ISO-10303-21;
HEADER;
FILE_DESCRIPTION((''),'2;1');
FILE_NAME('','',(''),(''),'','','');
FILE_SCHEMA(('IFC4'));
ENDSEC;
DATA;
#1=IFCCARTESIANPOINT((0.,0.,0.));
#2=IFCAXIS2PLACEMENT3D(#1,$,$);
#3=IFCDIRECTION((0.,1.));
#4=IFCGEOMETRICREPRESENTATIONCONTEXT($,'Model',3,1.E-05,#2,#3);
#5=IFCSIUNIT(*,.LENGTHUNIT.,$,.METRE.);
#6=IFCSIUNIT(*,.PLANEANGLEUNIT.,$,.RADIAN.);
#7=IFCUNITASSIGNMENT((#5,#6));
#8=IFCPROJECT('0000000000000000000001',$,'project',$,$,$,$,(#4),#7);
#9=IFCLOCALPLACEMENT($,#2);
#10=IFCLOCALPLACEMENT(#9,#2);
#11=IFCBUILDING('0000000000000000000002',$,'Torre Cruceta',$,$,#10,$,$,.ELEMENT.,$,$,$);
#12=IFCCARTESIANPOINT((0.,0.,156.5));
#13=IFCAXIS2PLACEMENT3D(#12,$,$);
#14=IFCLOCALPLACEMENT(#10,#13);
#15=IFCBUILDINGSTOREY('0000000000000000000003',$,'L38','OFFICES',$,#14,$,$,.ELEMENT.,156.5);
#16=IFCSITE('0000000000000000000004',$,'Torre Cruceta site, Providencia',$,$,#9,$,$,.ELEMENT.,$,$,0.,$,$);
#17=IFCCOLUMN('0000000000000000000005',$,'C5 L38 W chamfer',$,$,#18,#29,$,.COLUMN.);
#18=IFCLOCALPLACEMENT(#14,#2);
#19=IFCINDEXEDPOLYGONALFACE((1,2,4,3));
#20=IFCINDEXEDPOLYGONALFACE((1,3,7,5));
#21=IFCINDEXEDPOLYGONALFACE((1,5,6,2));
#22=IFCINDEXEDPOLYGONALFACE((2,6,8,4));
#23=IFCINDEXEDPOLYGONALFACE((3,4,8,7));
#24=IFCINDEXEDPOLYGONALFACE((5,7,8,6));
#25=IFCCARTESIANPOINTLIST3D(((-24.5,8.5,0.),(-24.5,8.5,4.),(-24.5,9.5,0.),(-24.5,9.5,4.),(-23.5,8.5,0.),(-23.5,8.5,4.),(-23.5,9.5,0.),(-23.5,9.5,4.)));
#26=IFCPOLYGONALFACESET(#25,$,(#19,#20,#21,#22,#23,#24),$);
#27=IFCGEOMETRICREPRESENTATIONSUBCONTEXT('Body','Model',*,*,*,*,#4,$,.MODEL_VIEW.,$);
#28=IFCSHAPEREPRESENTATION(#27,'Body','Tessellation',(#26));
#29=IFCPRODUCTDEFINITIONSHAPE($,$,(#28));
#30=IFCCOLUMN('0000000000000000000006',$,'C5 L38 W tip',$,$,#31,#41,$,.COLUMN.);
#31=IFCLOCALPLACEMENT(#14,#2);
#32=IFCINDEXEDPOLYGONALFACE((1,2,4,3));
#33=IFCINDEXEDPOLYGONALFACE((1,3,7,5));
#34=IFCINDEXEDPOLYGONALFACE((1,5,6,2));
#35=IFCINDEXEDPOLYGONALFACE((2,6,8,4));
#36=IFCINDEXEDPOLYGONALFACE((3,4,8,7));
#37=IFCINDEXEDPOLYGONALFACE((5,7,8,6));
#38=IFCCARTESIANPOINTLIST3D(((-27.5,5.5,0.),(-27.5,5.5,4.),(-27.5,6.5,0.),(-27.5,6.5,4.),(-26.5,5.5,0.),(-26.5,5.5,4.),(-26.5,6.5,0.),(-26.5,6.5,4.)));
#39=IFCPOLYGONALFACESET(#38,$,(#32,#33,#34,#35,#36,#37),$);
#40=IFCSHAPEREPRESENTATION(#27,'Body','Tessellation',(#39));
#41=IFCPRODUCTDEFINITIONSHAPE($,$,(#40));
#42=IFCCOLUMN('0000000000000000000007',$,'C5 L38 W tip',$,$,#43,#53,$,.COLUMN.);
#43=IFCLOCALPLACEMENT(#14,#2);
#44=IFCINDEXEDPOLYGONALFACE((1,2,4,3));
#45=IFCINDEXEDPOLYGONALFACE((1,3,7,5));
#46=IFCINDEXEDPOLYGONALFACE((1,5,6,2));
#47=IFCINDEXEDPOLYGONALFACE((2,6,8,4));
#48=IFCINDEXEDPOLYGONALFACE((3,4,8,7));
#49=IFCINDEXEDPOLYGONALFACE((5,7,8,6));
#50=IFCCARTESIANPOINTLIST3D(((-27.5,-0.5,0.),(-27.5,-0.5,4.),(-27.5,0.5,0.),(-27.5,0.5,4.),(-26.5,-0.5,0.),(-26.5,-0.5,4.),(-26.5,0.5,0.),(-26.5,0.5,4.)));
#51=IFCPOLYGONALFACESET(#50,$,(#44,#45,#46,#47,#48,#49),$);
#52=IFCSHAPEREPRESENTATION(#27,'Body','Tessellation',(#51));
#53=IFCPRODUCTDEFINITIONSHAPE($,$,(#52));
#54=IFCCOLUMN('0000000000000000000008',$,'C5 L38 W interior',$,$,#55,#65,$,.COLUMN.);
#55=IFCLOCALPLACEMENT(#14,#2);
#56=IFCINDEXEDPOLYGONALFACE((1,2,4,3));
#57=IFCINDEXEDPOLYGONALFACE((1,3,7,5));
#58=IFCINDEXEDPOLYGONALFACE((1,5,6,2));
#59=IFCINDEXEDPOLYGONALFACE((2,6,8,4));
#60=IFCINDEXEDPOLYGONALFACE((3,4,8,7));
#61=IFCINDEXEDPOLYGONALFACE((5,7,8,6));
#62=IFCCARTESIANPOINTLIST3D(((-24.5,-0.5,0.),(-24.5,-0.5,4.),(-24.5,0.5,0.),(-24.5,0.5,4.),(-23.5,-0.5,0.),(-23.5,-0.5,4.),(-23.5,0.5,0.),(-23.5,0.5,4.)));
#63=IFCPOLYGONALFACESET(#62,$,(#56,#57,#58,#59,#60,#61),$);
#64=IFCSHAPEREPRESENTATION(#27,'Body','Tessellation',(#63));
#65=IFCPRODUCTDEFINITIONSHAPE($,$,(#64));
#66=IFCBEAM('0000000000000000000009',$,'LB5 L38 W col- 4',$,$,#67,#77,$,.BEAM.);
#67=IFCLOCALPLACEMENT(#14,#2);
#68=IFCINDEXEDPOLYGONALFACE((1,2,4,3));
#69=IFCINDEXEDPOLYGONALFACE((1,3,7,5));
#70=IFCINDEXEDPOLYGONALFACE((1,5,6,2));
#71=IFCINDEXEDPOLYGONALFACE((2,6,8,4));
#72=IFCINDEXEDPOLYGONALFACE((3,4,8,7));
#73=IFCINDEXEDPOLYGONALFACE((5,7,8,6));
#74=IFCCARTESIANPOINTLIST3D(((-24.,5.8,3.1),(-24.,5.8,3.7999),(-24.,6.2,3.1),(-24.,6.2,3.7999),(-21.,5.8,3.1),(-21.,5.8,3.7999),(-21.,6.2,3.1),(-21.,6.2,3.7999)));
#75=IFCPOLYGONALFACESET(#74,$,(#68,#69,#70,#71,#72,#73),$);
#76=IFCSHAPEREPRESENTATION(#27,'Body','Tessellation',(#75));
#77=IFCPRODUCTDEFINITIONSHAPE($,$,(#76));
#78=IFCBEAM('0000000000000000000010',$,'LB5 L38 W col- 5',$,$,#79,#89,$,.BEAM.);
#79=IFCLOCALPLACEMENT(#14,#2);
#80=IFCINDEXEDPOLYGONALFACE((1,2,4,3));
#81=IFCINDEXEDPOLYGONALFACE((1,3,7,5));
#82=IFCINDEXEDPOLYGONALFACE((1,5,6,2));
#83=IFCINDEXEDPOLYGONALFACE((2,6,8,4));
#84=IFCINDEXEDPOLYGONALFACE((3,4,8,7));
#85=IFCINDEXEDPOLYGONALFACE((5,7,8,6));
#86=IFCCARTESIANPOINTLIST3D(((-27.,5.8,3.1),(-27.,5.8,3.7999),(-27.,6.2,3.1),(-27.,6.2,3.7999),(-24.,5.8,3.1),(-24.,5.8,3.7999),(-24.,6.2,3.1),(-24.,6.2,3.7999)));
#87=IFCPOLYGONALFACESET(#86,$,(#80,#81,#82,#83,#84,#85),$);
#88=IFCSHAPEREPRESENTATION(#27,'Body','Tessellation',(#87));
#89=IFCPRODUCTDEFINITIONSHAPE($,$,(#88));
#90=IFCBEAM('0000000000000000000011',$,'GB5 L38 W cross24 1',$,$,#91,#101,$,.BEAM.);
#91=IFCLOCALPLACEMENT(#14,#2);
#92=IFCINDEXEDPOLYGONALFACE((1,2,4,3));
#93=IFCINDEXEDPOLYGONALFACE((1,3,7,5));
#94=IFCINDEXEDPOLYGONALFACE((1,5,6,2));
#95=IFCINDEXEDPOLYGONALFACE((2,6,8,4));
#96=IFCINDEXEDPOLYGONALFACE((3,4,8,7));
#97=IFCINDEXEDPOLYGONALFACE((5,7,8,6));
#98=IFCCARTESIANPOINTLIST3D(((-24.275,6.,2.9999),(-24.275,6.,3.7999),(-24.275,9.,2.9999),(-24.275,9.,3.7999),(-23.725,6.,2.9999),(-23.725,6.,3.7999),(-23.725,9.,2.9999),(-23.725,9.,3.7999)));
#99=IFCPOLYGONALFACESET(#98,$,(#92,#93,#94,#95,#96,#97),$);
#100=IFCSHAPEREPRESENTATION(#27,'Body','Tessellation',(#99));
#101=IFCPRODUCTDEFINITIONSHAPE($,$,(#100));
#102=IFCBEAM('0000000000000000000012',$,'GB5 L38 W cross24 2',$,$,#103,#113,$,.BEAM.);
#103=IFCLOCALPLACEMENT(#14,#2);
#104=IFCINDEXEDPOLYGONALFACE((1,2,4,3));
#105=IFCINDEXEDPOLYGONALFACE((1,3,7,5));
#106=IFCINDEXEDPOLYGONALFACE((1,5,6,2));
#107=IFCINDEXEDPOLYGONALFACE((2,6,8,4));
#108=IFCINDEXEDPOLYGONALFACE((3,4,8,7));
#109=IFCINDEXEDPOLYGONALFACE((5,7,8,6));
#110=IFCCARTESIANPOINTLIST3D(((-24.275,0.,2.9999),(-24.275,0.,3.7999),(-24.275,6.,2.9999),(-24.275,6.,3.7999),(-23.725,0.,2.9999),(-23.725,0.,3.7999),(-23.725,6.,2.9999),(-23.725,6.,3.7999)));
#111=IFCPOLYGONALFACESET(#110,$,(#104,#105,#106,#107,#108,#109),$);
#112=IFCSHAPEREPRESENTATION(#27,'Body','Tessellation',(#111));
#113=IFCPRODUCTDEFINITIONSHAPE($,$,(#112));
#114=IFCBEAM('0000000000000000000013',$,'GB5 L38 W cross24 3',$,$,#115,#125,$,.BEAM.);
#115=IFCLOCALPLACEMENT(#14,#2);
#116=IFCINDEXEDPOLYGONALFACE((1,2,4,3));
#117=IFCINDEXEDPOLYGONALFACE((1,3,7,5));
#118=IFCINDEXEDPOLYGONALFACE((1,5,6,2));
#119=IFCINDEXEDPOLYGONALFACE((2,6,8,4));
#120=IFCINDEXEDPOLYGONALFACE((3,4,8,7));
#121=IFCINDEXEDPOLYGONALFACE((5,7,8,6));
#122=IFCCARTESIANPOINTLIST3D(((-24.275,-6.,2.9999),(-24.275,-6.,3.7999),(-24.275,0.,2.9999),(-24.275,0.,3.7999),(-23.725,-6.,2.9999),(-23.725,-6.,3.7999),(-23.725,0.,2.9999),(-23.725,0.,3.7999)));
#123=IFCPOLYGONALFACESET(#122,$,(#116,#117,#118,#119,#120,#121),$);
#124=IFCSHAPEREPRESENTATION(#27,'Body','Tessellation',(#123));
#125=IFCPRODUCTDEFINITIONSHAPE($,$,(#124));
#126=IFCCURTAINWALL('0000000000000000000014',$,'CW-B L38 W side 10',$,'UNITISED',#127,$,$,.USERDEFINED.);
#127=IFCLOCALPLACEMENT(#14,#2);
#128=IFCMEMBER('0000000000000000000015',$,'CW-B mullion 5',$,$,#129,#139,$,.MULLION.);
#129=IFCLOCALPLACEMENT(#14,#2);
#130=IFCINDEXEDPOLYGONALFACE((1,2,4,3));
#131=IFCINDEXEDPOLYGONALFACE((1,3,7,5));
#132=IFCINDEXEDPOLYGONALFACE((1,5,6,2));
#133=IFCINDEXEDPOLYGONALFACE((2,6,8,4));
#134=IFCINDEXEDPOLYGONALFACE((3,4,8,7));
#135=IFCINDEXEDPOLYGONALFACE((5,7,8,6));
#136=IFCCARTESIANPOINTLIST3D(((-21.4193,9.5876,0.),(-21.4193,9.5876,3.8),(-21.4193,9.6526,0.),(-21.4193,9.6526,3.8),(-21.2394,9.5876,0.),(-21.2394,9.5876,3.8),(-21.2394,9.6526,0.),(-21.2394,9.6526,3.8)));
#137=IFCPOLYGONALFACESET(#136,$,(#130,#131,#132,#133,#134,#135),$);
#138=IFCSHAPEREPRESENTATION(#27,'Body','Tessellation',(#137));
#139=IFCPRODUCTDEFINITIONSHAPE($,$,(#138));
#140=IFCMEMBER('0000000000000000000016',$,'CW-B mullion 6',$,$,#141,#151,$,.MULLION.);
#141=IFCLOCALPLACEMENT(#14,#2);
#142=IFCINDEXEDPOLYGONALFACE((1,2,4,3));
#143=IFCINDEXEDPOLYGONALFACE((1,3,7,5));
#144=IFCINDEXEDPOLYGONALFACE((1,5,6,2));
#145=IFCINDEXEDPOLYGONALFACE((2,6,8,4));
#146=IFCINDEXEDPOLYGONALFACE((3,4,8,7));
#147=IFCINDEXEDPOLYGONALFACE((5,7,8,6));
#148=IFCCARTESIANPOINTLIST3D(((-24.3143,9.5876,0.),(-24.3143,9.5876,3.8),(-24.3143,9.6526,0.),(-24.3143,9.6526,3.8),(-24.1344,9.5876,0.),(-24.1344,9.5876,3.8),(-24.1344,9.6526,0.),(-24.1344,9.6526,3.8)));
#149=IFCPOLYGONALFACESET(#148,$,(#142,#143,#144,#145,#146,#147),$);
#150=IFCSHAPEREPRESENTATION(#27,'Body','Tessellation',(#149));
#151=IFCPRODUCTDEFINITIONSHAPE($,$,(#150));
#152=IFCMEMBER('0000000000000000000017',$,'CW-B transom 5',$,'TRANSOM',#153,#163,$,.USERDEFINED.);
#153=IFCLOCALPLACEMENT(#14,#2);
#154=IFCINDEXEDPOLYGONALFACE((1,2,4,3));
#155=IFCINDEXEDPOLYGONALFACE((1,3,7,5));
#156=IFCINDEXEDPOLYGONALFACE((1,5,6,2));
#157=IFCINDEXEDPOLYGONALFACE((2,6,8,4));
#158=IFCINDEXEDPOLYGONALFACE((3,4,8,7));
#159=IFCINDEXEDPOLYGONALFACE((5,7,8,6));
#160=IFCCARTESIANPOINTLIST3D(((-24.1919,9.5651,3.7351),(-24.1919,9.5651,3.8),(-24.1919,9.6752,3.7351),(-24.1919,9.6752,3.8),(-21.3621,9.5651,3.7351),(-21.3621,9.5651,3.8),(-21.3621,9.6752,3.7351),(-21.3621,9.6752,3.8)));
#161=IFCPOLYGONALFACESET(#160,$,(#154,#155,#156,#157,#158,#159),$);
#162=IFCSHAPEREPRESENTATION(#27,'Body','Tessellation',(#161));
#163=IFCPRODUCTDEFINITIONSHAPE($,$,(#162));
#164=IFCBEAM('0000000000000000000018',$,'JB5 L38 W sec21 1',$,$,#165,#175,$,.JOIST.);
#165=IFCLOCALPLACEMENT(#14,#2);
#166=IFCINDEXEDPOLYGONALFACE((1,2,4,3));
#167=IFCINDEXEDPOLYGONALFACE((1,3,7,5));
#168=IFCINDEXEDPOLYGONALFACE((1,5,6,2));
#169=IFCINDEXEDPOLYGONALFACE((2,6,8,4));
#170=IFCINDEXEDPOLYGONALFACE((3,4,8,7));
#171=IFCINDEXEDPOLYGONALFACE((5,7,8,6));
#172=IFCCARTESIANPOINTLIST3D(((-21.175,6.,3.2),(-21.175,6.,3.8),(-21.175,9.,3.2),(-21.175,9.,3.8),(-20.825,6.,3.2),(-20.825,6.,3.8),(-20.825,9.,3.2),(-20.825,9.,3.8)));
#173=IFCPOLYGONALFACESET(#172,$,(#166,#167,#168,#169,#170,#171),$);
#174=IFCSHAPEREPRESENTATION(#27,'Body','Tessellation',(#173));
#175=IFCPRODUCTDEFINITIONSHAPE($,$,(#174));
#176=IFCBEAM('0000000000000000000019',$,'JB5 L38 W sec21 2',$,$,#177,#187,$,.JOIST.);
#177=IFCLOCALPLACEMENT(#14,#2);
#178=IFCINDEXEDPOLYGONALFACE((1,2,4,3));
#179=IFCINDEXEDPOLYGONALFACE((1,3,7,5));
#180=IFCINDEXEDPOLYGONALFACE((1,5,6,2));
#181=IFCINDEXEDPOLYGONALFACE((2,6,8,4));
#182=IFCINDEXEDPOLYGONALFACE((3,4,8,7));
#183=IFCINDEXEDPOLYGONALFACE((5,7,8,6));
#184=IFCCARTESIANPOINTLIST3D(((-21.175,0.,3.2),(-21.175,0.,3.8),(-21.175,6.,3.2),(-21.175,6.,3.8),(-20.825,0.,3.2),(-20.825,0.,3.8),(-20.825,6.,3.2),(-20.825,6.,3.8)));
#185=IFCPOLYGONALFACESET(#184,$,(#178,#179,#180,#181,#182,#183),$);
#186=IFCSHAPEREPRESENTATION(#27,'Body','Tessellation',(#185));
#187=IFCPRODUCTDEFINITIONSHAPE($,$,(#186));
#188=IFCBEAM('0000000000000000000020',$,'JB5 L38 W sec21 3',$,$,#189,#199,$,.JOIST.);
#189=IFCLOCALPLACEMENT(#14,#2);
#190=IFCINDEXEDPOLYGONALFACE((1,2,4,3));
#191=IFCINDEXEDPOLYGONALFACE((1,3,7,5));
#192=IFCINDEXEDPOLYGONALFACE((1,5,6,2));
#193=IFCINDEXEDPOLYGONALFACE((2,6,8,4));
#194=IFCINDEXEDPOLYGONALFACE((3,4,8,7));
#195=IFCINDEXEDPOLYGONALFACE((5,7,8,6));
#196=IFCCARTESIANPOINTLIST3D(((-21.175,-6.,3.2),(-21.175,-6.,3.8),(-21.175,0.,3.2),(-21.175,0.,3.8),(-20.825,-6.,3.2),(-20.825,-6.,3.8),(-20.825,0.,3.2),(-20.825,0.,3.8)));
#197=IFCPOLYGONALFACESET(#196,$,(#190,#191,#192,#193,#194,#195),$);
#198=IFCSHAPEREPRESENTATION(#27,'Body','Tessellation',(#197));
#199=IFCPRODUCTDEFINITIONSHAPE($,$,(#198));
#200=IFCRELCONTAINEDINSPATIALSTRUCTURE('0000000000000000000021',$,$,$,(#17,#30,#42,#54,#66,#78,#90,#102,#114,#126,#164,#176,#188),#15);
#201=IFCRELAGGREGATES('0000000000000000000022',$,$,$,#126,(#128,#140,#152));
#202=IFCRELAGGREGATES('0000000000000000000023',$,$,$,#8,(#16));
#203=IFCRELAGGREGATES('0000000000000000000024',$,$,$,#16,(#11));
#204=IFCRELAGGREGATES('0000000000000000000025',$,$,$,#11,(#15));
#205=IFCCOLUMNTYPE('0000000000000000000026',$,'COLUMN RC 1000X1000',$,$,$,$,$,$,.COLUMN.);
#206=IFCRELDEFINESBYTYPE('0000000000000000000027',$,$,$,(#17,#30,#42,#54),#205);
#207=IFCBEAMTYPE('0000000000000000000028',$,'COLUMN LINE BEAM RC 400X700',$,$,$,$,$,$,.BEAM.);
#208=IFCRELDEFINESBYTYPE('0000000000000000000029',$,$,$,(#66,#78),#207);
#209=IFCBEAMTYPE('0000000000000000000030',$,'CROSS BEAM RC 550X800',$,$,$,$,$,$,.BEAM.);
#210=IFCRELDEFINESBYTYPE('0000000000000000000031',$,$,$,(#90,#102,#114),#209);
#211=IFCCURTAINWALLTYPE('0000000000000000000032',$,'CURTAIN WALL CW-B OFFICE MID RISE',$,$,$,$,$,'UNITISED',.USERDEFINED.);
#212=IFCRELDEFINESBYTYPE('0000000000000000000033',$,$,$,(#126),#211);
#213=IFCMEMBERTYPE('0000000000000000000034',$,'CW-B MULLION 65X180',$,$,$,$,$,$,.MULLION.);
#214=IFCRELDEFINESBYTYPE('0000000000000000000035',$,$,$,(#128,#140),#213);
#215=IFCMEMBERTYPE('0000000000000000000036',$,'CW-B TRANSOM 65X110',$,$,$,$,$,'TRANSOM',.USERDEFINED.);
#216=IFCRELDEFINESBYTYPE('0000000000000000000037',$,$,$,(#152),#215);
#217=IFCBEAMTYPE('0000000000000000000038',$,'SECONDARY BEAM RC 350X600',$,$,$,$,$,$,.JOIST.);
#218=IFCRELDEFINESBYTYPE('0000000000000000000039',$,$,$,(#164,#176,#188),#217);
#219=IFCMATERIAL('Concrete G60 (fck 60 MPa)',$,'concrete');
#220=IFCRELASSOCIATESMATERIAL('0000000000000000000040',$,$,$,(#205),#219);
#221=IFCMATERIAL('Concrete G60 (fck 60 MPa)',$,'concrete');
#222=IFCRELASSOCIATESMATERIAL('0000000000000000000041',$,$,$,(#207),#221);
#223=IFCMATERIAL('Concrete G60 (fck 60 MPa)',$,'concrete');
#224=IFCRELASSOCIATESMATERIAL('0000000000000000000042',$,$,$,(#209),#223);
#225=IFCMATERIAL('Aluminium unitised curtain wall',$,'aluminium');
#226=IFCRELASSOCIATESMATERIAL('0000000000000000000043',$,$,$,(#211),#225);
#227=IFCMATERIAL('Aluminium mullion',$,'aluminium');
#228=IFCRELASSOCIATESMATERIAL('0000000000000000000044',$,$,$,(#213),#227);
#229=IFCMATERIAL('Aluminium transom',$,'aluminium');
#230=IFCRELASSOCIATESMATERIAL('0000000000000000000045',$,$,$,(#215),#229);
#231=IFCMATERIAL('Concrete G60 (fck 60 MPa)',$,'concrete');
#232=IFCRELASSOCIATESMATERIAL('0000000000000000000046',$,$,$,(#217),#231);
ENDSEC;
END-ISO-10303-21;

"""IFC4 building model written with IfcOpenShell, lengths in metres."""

from ifc_helpers import new_model, si_unit, direction, frame, origin, origin_2d, place, context, subcontext, project, spatial, rectangle, extrude, material, material_profile, profile_set, type_object, element, aggregate, save


model = new_model("IFC4")

# Units and contexts
model_context = context("Model", 3, precision=1e-05, world=origin(), true_north=direction((0.0, 1.0)))
body_context = subcontext(model_context, "Body", "Model", "MODEL_VIEW")
ifc_project = project(units=[si_unit("LENGTHUNIT", "METRE"), si_unit("PLANEANGLEUNIT", "RADIAN")], contexts=[model_context])

# Site, building, storey
site_placement = place(None, origin())
site = spatial("IfcSite", under=ifc_project, at=site_placement, Name="Torre Cruceta site, Providencia", CompositionType="ELEMENT", RefElevation=0.0)
building_placement = place(site_placement, origin())
building = spatial("IfcBuilding", under=site, at=building_placement, Name="Torre Cruceta", CompositionType="ELEMENT")
storey_placement = place(building_placement, frame((0.0, 0.0, 156.5)))
storey = spatial("IfcBuildingStorey", under=building, at=storey_placement, Name="L38", Description="OFFICES", CompositionType="ELEMENT", Elevation=156.5)

# Columns
ifc_material_1 = material(Name="Concrete G60 (fck 60 MPa)", Category="concrete")
ifc_material_profile_1 = material_profile(ifc_material_1, rectangle(XDim=1.0, YDim=1.0, at=origin_2d()), Name="RC 1000X1000")
ifc_profile_set_1 = profile_set([ifc_material_profile_1], Name="Concrete G60 (fck 60 MPa)")
column_type = type_object("IfcColumnType", Name="COLUMN RC 1000X1000", PredefinedType="COLUMN", material=ifc_profile_set_1)
for number, where, z_axis, x_axis, name in (
    (1, (-24.0, 9.0, 0.0), (0.0, 0.0, 1.0), (1.0, 0.0, 0.0), "C5 L38 W chamfer"),
    (2, (-27.0, 6.0, 0.0), (0.0, 0.0, 1.0), (1.0, 0.0, 0.0), "C5 L38 W tip"),
    (3, (-27.0, 0.0, 0.0), (0.0, 0.0, 1.0), (1.0, 0.0, 0.0), "C5 L38 W tip"),
    (4, (-24.0, 0.0, 0.0), (0.0, 0.0, 1.0), (1.0, 0.0, 0.0), "C5 L38 W interior"),
):
    element("IfcColumn", number, at=place(storey_placement, frame(where, z_axis=z_axis, x_axis=x_axis)), inside=storey, type_object=column_type, Name=name, PredefinedType="COLUMN", context=body_context, shape_type="SweptSolid", body=[
        extrude(rectangle(XDim=1.0, YDim=1.0, at=origin_2d()), origin(), (0.0, 0.0, 1.0), 4.0),
    ])

# Beams
ifc_material_2 = material(Name="Concrete G60 (fck 60 MPa)", Category="concrete")
ifc_material_profile_2 = material_profile(ifc_material_2, rectangle(XDim=0.3999, YDim=0.7, at=origin_2d()), Name="RC 400X700")
ifc_profile_set_2 = profile_set([ifc_material_profile_2], Name="Concrete G60 (fck 60 MPa)")
beam_type_1 = type_object("IfcBeamType", Name="COLUMN LINE BEAM RC 400X700", PredefinedType="BEAM", material=ifc_profile_set_2)
for number, where, z_axis, x_axis, name in (
    (5, (-21.0, 6.0, 3.45), (-1.0, 0.0, 0.0), (0.0, -1.0, 0.0), "LB5 L38 W col- 4"),
    (6, (-24.0, 6.0, 3.45), (-1.0, 0.0, 0.0), (0.0, -1.0, 0.0), "LB5 L38 W col- 5"),
):
    element("IfcBeam", number, at=place(storey_placement, frame(where, z_axis=z_axis, x_axis=x_axis)), inside=storey, type_object=beam_type_1, Name=name, PredefinedType="BEAM", context=body_context, shape_type="SweptSolid", body=[
        extrude(rectangle(XDim=0.3999, YDim=0.7, at=origin_2d()), origin(), (0.0, 0.0, 1.0), 3.0),
    ])
ifc_material_3 = material(Name="Concrete G60 (fck 60 MPa)", Category="concrete")
ifc_material_profile_3 = material_profile(ifc_material_3, rectangle(XDim=0.55, YDim=0.8, at=origin_2d()), Name="RC 550X800")
ifc_profile_set_3 = profile_set([ifc_material_profile_3], Name="Concrete G60 (fck 60 MPa)")
beam_type_2 = type_object("IfcBeamType", Name="CROSS BEAM RC 550X800", PredefinedType="BEAM", material=ifc_profile_set_3)
beam_1_placement = place(storey_placement, frame((-24.0, 9.0, 3.3999), z_axis=(0.0, -1.0, 0.0), x_axis=(1.0, 0.0, 0.0)))
element("IfcBeam", 7, at=beam_1_placement, inside=storey, type_object=beam_type_2, Name="GB5 L38 W cross24 1", PredefinedType="BEAM", context=body_context, shape_type="SweptSolid", body=[
    extrude(rectangle(XDim=0.55, YDim=0.8, at=origin_2d()), origin(), (0.0, 0.0, 1.0), 3.0),
])
for number, where, z_axis, x_axis, name in (
    (8, (-24.0, 6.0, 3.3999), (0.0, -1.0, 0.0), (1.0, 0.0, 0.0), "GB5 L38 W cross24 2"),
    (9, (-24.0, 0.0, 3.3999), (0.0, -1.0, 0.0), (1.0, 0.0, 0.0), "GB5 L38 W cross24 3"),
):
    element("IfcBeam", number, at=place(storey_placement, frame(where, z_axis=z_axis, x_axis=x_axis)), inside=storey, type_object=beam_type_2, Name=name, PredefinedType="BEAM", context=body_context, shape_type="SweptSolid", body=[
        extrude(rectangle(XDim=0.55, YDim=0.8, at=origin_2d()), origin(), (0.0, 0.0, 1.0), 6.0),
    ])

# Curtain wall, members
ifc_material_4 = material(Name="Aluminium unitised curtain wall", Category="aluminium")
curtain_wall_type = type_object("IfcCurtainWallType", Name="CURTAIN WALL CW-B OFFICE MID RISE", ElementType="UNITISED", PredefinedType="USERDEFINED", material=ifc_material_4)
curtain_wall_placement = place(storey_placement, origin())
curtain_wall = element("IfcCurtainWall", 10, at=curtain_wall_placement, inside=storey, type_object=curtain_wall_type, Name="CW-B L38 W side 10", ObjectType="UNITISED", PredefinedType="USERDEFINED")
ifc_material_5 = material(Name="Aluminium mullion", Category="aluminium")
ifc_material_profile_4 = material_profile(ifc_material_5, rectangle(XDim=0.0649, YDim=0.1799, at=origin_2d()), Name="AL 65X180")
ifc_profile_set_4 = profile_set([ifc_material_profile_4], Name="Aluminium mullion")
member_type_1 = type_object("IfcMemberType", Name="CW-B MULLION 65X180", PredefinedType="MULLION", material=ifc_profile_set_4)
member_1_placement = place(storey_placement, frame((-21.3293, 9.6201, 0.0), z_axis=(0.0, 0.0, 1.0), x_axis=(0.0, -1.0, 0.0)))
member_1 = element("IfcMember", 11, at=member_1_placement, type_object=member_type_1, Name="CW-B mullion 5", PredefinedType="MULLION", context=body_context, shape_type="SweptSolid", body=[
    extrude(rectangle(XDim=0.0649, YDim=0.1799, at=origin_2d()), origin(), (0.0, 0.0, 1.0), 3.8),
])
member_2_placement = place(storey_placement, frame((-24.2244, 9.6201, 0.0), z_axis=(0.0, 0.0, 1.0), x_axis=(0.0, -1.0, 0.0)))
member_2 = element("IfcMember", 12, at=member_2_placement, type_object=member_type_1, Name="CW-B mullion 6", PredefinedType="MULLION", context=body_context, shape_type="SweptSolid", body=[
    extrude(rectangle(XDim=0.0649, YDim=0.1799, at=origin_2d()), origin(), (0.0, 0.0, 1.0), 3.8),
])
ifc_material_6 = material(Name="Aluminium transom", Category="aluminium")
ifc_material_profile_5 = material_profile(ifc_material_6, rectangle(XDim=0.1101, YDim=0.0649, at=origin_2d()), Name="AL 110X65")
ifc_profile_set_5 = profile_set([ifc_material_profile_5], Name="Aluminium transom")
member_type_2 = type_object("IfcMemberType", Name="CW-B TRANSOM 65X110", ElementType="TRANSOM", PredefinedType="USERDEFINED", material=ifc_profile_set_5)
member_3_placement = place(storey_placement, frame((-21.3621, 9.6201, 3.7676), z_axis=(-1.0, 0.0, 0.0), x_axis=(0.0, -1.0, 0.0)))
member_3 = element("IfcMember", 13, at=member_3_placement, type_object=member_type_2, Name="CW-B transom 5", ObjectType="TRANSOM", PredefinedType="USERDEFINED", context=body_context, shape_type="SweptSolid", body=[
    extrude(rectangle(XDim=0.1101, YDim=0.0649, at=origin_2d()), origin(), (0.0, 0.0, 1.0), 2.8298),
])

# Beams
ifc_material_7 = material(Name="Concrete G60 (fck 60 MPa)", Category="concrete")
ifc_material_profile_6 = material_profile(ifc_material_7, rectangle(XDim=0.3501, YDim=0.6001, at=origin_2d()), Name="RC 350X600")
ifc_profile_set_6 = profile_set([ifc_material_profile_6], Name="Concrete G60 (fck 60 MPa)")
beam_type_3 = type_object("IfcBeamType", Name="SECONDARY BEAM RC 350X600", PredefinedType="JOIST", material=ifc_profile_set_6)
beam_2_placement = place(storey_placement, frame((-21.0, 9.0, 3.5), z_axis=(0.0, -1.0, 0.0), x_axis=(1.0, 0.0, 0.0)))
element("IfcBeam", 14, at=beam_2_placement, inside=storey, type_object=beam_type_3, Name="JB5 L38 W sec21 1", PredefinedType="JOIST", context=body_context, shape_type="SweptSolid", body=[
    extrude(rectangle(XDim=0.3501, YDim=0.6001, at=origin_2d()), origin(), (0.0, 0.0, 1.0), 3.0),
])
for number, where, z_axis, x_axis, name in (
    (15, (-21.0, 6.0, 3.5), (0.0, -1.0, 0.0), (1.0, 0.0, 0.0), "JB5 L38 W sec21 2"),
    (16, (-21.0, 0.0, 3.5), (0.0, -1.0, 0.0), (1.0, 0.0, 0.0), "JB5 L38 W sec21 3"),
):
    element("IfcBeam", number, at=place(storey_placement, frame(where, z_axis=z_axis, x_axis=x_axis)), inside=storey, type_object=beam_type_3, Name=name, PredefinedType="JOIST", context=body_context, shape_type="SweptSolid", body=[
        extrude(rectangle(XDim=0.3501, YDim=0.6001, at=origin_2d()), origin(), (0.0, 0.0, 1.0), 6.0),
    ])

aggregate(curtain_wall, [member_1, member_2, member_3])

save(model, "model.ifc")
